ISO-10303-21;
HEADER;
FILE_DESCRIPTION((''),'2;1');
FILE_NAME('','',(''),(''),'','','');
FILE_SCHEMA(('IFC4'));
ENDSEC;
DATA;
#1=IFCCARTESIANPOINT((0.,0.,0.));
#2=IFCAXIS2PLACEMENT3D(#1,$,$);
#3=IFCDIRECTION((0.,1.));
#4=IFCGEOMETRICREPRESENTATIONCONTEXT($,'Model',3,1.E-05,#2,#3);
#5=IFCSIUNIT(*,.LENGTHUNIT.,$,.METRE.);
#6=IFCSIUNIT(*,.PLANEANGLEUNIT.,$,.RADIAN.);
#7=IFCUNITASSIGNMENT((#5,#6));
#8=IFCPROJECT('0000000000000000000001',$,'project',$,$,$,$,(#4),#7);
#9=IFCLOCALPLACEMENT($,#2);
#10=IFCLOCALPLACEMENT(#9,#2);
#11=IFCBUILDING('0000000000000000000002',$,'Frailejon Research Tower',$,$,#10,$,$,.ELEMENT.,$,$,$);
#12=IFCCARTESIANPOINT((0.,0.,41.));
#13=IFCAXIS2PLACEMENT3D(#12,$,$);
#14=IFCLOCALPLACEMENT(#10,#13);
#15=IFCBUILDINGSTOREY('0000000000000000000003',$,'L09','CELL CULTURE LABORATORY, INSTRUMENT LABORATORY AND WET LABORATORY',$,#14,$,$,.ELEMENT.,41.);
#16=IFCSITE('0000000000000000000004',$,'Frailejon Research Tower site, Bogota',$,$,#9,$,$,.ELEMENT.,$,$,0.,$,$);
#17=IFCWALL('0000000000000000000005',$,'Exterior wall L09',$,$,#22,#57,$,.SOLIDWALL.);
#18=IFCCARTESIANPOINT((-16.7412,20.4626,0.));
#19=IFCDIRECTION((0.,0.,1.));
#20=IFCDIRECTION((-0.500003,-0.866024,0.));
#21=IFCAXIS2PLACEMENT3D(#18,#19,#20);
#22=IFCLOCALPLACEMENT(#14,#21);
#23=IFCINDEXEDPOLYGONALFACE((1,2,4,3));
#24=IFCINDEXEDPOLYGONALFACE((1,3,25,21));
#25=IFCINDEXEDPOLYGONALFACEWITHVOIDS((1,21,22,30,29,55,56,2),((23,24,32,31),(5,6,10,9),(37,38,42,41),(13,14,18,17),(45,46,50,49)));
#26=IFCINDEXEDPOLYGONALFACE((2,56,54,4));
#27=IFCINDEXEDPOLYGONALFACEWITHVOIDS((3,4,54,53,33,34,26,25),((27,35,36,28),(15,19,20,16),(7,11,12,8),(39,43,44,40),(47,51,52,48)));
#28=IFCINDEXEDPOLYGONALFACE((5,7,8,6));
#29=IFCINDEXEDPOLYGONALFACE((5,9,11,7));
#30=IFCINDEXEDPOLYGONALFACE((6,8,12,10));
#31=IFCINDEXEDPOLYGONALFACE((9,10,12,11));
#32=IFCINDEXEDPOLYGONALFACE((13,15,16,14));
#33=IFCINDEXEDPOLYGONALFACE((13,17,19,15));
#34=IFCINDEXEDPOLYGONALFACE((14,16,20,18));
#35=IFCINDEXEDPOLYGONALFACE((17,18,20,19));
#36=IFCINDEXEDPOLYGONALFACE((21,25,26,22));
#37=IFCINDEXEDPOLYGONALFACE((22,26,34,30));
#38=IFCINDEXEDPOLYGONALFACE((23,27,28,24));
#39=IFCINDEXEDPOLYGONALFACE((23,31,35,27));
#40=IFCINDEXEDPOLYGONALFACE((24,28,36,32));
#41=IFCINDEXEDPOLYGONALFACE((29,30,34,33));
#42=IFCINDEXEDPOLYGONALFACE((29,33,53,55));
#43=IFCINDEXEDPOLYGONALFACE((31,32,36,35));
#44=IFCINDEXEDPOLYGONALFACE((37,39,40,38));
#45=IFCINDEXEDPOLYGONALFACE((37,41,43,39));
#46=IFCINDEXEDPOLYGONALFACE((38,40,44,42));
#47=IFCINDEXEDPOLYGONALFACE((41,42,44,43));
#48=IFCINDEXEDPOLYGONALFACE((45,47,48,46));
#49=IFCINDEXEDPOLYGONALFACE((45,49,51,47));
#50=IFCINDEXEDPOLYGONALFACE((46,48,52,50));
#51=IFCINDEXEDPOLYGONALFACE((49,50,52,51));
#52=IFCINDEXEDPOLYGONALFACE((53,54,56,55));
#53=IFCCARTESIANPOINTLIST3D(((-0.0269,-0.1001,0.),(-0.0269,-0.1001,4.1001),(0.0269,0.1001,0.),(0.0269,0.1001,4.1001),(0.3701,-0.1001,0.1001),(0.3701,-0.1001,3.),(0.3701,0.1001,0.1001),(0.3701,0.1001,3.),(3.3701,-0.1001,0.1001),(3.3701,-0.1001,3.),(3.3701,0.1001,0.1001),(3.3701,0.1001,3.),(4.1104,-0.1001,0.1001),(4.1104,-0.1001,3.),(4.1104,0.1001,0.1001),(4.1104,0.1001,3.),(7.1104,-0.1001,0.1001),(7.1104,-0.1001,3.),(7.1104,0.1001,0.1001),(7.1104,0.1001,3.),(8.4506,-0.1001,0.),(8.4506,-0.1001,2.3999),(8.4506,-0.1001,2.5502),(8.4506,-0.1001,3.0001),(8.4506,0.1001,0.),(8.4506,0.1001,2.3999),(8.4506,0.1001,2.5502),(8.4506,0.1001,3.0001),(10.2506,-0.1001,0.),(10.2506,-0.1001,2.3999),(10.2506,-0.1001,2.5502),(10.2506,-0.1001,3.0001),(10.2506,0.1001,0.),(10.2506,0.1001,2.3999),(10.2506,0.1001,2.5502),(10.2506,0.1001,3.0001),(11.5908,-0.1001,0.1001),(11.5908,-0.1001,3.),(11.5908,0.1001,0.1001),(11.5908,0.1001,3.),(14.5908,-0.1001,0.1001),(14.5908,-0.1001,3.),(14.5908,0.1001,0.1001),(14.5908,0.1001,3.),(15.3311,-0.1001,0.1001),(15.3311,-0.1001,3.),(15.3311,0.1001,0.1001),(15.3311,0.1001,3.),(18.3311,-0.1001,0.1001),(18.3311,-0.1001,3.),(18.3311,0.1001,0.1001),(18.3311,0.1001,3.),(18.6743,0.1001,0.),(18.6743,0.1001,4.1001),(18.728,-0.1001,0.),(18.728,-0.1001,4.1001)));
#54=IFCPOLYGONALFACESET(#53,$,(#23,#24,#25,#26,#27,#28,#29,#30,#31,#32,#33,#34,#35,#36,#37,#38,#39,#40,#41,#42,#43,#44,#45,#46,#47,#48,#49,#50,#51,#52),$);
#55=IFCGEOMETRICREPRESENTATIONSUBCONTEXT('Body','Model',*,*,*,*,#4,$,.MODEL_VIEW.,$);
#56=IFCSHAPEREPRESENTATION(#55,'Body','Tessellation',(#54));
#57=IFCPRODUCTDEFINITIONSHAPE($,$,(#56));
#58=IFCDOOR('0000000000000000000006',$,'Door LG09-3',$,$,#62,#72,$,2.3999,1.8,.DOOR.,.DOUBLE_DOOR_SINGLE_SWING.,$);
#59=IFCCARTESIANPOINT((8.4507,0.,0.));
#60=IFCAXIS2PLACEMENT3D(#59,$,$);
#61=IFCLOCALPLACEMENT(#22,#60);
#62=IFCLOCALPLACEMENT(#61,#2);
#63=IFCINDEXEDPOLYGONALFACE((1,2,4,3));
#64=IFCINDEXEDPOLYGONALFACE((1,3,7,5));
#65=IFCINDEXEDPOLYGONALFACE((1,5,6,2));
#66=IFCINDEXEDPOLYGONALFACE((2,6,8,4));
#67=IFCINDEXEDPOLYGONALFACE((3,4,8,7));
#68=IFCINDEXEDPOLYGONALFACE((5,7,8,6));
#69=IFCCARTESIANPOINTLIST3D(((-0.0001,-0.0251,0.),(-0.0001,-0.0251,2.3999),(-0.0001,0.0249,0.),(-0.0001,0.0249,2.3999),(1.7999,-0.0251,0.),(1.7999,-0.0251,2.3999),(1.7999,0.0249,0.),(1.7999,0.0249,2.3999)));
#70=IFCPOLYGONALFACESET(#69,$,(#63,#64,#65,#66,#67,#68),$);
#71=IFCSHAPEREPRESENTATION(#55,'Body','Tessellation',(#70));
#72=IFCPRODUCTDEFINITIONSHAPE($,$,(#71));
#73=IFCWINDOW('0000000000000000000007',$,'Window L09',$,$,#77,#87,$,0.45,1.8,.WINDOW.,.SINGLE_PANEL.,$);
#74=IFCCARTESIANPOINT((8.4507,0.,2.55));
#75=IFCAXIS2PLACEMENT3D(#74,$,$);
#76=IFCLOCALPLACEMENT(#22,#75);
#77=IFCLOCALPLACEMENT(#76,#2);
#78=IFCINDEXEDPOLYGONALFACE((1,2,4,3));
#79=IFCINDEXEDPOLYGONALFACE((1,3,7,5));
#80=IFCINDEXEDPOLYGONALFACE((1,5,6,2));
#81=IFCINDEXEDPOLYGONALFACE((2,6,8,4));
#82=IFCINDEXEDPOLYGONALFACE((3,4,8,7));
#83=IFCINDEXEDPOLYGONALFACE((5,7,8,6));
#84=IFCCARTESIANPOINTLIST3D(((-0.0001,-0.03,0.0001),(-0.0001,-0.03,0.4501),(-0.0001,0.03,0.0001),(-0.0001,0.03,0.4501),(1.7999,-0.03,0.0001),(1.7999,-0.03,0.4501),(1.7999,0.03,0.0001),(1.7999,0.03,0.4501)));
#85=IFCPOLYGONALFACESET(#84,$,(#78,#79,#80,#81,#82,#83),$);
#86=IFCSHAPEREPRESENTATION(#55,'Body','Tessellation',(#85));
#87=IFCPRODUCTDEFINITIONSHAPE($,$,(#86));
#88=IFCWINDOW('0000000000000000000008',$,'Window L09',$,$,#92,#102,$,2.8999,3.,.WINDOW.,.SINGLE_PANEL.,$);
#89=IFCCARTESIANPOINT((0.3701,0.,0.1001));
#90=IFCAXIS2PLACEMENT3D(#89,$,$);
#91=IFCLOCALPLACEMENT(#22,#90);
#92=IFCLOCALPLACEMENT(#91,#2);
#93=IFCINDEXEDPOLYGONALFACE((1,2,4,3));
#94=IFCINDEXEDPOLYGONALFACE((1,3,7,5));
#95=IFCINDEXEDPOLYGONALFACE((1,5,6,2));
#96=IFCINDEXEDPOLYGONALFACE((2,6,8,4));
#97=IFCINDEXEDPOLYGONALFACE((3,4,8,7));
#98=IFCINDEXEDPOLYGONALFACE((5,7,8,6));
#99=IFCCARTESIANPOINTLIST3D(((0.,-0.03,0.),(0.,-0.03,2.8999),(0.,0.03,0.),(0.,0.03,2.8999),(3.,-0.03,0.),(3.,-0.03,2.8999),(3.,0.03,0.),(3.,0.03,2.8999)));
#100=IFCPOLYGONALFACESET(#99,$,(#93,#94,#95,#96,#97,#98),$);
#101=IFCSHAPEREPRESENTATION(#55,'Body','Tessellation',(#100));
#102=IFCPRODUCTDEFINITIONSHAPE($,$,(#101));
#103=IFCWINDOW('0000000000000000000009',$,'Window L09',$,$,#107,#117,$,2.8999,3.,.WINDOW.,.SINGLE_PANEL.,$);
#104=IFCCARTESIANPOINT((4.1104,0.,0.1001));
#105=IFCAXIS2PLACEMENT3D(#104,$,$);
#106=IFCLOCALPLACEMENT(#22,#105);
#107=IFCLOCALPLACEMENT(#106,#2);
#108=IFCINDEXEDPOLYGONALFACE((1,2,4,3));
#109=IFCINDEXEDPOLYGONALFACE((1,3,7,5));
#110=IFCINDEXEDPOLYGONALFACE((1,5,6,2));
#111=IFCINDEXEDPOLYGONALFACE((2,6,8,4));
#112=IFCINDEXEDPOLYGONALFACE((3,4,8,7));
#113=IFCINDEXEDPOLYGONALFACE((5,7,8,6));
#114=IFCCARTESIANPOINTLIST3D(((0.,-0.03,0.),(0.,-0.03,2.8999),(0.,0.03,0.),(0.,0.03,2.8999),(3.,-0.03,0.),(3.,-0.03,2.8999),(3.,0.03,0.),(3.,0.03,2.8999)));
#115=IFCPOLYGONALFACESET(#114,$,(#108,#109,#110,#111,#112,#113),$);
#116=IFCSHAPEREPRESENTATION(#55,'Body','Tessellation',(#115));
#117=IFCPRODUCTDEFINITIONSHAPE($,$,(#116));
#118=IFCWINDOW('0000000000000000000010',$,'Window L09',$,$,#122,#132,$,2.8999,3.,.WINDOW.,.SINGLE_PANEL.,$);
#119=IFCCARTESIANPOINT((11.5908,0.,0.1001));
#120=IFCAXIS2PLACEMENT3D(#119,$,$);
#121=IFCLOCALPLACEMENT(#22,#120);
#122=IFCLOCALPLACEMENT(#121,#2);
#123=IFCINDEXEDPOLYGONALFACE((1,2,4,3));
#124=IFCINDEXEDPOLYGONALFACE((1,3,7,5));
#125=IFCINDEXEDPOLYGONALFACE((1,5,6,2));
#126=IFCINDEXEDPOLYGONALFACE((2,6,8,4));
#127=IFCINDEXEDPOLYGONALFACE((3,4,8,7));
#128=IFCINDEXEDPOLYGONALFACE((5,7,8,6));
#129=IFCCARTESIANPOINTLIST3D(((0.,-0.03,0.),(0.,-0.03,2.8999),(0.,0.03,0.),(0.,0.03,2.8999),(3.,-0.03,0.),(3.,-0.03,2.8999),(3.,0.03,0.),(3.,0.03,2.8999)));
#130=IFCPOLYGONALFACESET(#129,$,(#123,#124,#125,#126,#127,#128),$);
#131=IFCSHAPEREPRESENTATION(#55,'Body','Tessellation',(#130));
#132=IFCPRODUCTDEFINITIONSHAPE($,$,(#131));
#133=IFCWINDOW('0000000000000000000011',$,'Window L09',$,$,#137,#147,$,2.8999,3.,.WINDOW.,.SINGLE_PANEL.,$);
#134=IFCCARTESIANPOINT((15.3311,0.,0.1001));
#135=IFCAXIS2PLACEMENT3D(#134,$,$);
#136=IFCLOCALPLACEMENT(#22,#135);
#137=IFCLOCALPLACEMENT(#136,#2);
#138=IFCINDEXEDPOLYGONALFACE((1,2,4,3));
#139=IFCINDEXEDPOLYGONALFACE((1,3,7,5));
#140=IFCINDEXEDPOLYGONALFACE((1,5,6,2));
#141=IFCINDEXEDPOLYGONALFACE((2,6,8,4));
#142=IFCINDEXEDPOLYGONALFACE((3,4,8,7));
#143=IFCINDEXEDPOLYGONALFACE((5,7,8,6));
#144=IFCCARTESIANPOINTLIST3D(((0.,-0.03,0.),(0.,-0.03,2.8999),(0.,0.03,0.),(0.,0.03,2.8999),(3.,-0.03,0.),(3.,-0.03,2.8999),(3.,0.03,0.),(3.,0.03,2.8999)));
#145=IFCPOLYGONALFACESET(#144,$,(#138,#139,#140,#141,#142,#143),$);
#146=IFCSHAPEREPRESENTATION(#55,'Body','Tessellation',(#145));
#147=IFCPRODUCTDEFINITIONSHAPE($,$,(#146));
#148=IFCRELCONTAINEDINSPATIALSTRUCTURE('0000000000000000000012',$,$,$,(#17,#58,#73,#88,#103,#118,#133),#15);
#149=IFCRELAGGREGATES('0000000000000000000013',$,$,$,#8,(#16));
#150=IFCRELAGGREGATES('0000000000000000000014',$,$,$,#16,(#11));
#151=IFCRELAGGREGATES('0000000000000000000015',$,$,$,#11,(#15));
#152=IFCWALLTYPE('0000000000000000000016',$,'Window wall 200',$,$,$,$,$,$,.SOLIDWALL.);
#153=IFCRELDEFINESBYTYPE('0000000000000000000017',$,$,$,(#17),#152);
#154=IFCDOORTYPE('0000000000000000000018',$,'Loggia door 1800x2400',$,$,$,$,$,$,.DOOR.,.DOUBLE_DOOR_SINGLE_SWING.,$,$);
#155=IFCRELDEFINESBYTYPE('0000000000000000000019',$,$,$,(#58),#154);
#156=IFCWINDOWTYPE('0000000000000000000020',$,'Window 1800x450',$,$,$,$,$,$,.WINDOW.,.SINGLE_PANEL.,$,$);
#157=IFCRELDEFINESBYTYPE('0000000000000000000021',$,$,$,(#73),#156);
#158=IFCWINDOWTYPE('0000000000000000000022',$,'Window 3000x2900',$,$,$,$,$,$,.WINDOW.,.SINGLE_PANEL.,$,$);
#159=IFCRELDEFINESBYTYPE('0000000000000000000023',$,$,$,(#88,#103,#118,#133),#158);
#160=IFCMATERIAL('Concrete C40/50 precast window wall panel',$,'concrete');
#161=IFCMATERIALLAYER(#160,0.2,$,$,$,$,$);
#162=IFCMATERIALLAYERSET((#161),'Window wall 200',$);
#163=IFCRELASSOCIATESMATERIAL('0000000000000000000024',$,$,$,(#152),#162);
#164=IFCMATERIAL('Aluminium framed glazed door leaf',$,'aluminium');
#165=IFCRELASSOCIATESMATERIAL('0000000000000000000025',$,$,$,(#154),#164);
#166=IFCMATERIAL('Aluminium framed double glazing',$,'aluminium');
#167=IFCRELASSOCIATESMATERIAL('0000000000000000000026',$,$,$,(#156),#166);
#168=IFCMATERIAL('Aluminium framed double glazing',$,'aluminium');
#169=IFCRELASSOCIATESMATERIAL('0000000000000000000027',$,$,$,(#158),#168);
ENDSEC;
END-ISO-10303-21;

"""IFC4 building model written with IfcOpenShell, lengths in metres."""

from ifc_helpers import new_model, si_unit, direction, frame, frame_2d, origin, place, context, subcontext, project, spatial, polyline, rectangle, outline, extrude, material, layer, layer_set, type_object, element, fill, save


model = new_model("IFC4")

# Units and contexts
model_context = context("Model", 3, precision=1e-05, world=origin(), true_north=direction((0.0, 1.0)))
body_context = subcontext(model_context, "Body", "Model", "MODEL_VIEW")
ifc_project = project(units=[si_unit("LENGTHUNIT", "METRE"), si_unit("PLANEANGLEUNIT", "RADIAN")], contexts=[model_context])

# Site, building, storey
site_placement = place(None, origin())
site = spatial("IfcSite", under=ifc_project, at=site_placement, Name="Frailejon Research Tower site, Bogota", CompositionType="ELEMENT", RefElevation=0.0)
building_placement = place(site_placement, origin())
building = spatial("IfcBuilding", under=site, at=building_placement, Name="Frailejon Research Tower", CompositionType="ELEMENT")
storey_placement = place(building_placement, frame((0.0, 0.0, 41.0)))
storey = spatial("IfcBuildingStorey", under=building, at=storey_placement, Name="L09", Description="CELL CULTURE LABORATORY, INSTRUMENT LABORATORY AND WET LABORATORY", CompositionType="ELEMENT", Elevation=41.0)

# Wall, openings, door, windows
ifc_material_1 = material(Name="Concrete C40/50 precast window wall panel", Category="concrete")
ifc_layer_1 = layer(ifc_material_1, 0.2)
ifc_layer_set_1 = layer_set([ifc_layer_1], Name="Window wall 200")
wall_type_1 = type_object("IfcWallType", Name="Window wall 200", PredefinedType="SOLIDWALL", material=ifc_layer_set_1)
wall_1_placement = place(storey_placement, frame((-16.7412, 20.4626, 0.0), z_axis=(0.0, 0.0, 1.0), x_axis=(-0.500003, -0.866024, 0.0)))
wall_1 = element("IfcWall", 1, at=wall_1_placement, inside=storey, type_object=wall_type_1, Name="Exterior wall L09", PredefinedType="SOLIDWALL", context=body_context, shape_type="SweptSolid", body=[
    extrude(outline(polyline([(-0.0269, -0.1001), (1.0151, -0.1001), (2.0571, -0.1001), (3.0989, -0.1001), (4.1409, -0.1001), (5.1829, -0.1001), (6.2249, -0.1001), (7.2666, -0.1001), (8.3086, -0.1001), (9.3506, -0.1001), (10.3926, -0.1001), (11.4346, -0.1001), (12.4763, -0.1001), (13.5183, -0.1001), (14.5603, -0.1001), (15.6023, -0.1001), (16.644, -0.1001), (17.686, -0.1001), (18.728, -0.1001), (18.6743, 0.1001), (17.6384, 0.1001), (16.6023, 0.1001), (15.5664, 0.1001), (14.5305, 0.1001), (13.4944, 0.1001), (12.4585, 0.1001), (11.4226, 0.1001), (10.3865, 0.1001), (9.3506, 0.1001), (8.3147, 0.1001), (7.2786, 0.1001), (6.2427, 0.1001), (5.2068, 0.1001), (4.1707, 0.1001), (3.1348, 0.1001), (2.0989, 0.1001), (1.0627, 0.1001), (0.0269, 0.1001), (-0.0269, -0.1001)])), origin(), (0.0, 0.0, 1.0), 4.1001),
])
opening_1_placement = place(wall_1_placement, frame((0.3701, 0.0, 0.1001)))
opening_1 = element("IfcOpeningElement", 2, at=opening_1_placement, cuts=wall_1, PredefinedType="OPENING", context=body_context, shape_type="SweptSolid", body=[
    extrude(rectangle(XDim=3.0, YDim=2.8999, at=frame_2d((1.5, 1.45))), frame((0.0, 0.1099, 0.0), z_axis=(0.0, -1.0, 0.0), x_axis=(1.0, 0.0, 0.0)), (0.0, 0.0, 1.0), 0.22),
])
opening_2_placement = place(wall_1_placement, frame((4.1104, 0.0, 0.1001)))
opening_2 = element("IfcOpeningElement", 3, at=opening_2_placement, cuts=wall_1, PredefinedType="OPENING", context=body_context, shape_type="SweptSolid", body=[
    extrude(rectangle(XDim=3.0, YDim=2.8999, at=frame_2d((1.5, 1.45))), frame((0.0, 0.1099, 0.0), z_axis=(0.0, -1.0, 0.0), x_axis=(1.0, 0.0, 0.0)), (0.0, 0.0, 1.0), 0.22),
])
opening_3_placement = place(wall_1_placement, frame((8.4507, 0.0, 0.0)))
opening_3 = element("IfcOpeningElement", 4, at=opening_3_placement, cuts=wall_1, PredefinedType="OPENING", context=body_context, shape_type="SweptSolid", body=[
    extrude(rectangle(XDim=1.8, YDim=2.3999, at=frame_2d((0.8999, 1.2))), frame((0.0, 0.1099, 0.0), z_axis=(0.0, -1.0, 0.0), x_axis=(1.0, 0.0, 0.0)), (0.0, 0.0, 1.0), 0.22),
])
opening_4_placement = place(wall_1_placement, frame((8.4507, 0.0, 2.55)))
opening_4 = element("IfcOpeningElement", 5, at=opening_4_placement, cuts=wall_1, PredefinedType="OPENING", context=body_context, shape_type="SweptSolid", body=[
    extrude(rectangle(XDim=1.8, YDim=0.45, at=frame_2d((0.8999, 0.2251))), frame((0.0, 0.1099, 0.0), z_axis=(0.0, -1.0, 0.0), x_axis=(1.0, 0.0, 0.0)), (0.0, 0.0, 1.0), 0.22),
])
opening_5_placement = place(wall_1_placement, frame((11.5908, 0.0, 0.1001)))
opening_5 = element("IfcOpeningElement", 6, at=opening_5_placement, cuts=wall_1, PredefinedType="OPENING", context=body_context, shape_type="SweptSolid", body=[
    extrude(rectangle(XDim=3.0, YDim=2.8999, at=frame_2d((1.5, 1.45))), frame((0.0, 0.1099, 0.0), z_axis=(0.0, -1.0, 0.0), x_axis=(1.0, 0.0, 0.0)), (0.0, 0.0, 1.0), 0.22),
])
opening_6_placement = place(wall_1_placement, frame((15.3311, 0.0, 0.1001)))
opening_6 = element("IfcOpeningElement", 7, at=opening_6_placement, cuts=wall_1, PredefinedType="OPENING", context=body_context, shape_type="SweptSolid", body=[
    extrude(rectangle(XDim=3.0, YDim=2.8999, at=frame_2d((1.5, 1.45))), frame((0.0, 0.1099, 0.0), z_axis=(0.0, -1.0, 0.0), x_axis=(1.0, 0.0, 0.0)), (0.0, 0.0, 1.0), 0.22),
])
ifc_material_2 = material(Name="Aluminium framed glazed door leaf", Category="aluminium")
door_type_1 = type_object("IfcDoorType", Name="Loggia door 1800x2400", OperationType="DOUBLE_DOOR_SINGLE_SWING", PredefinedType="DOOR", material=ifc_material_2)
door_1_placement = place(opening_3_placement, origin())
door_1 = element("IfcDoor", 8, at=door_1_placement, inside=storey, type_object=door_type_1, Name="Door LG09-3", OperationType="DOUBLE_DOOR_SINGLE_SWING", OverallHeight=2.3999, OverallWidth=1.8, PredefinedType="DOOR", context=body_context, shape_type="SweptSolid", body=[
    extrude(rectangle(XDim=1.8, YDim=2.3999, at=frame_2d((0.8999, 1.2))), frame((0.0, 0.0249, 0.0), z_axis=(0.0, -1.0, 0.0), x_axis=(1.0, 0.0, 0.0)), (0.0, 0.0, 1.0), 0.05),
])
fill(opening_3, door_1)
ifc_material_3 = material(Name="Aluminium framed double glazing", Category="aluminium")
window_type_1 = type_object("IfcWindowType", Name="Window 1800x450", PartitioningType="SINGLE_PANEL", PredefinedType="WINDOW", material=ifc_material_3)
window_1_placement = place(opening_4_placement, origin())
window_1 = element("IfcWindow", 9, at=window_1_placement, inside=storey, type_object=window_type_1, Name="Window L09", OverallHeight=0.45, OverallWidth=1.8, PartitioningType="SINGLE_PANEL", PredefinedType="WINDOW", context=body_context, shape_type="SweptSolid", body=[
    extrude(rectangle(XDim=1.8, YDim=0.45, at=frame_2d((0.8999, 0.2251))), frame((0.0, 0.03, 0.0), z_axis=(0.0, -1.0, 0.0), x_axis=(1.0, 0.0, 0.0)), (0.0, 0.0, 1.0), 0.0601),
])
fill(opening_4, window_1)
ifc_material_4 = material(Name="Aluminium framed double glazing", Category="aluminium")
window_type_2 = type_object("IfcWindowType", Name="Window 3000x2900", PartitioningType="SINGLE_PANEL", PredefinedType="WINDOW", material=ifc_material_4)
window_2_placement = place(opening_1_placement, origin())
window_2 = element("IfcWindow", 10, at=window_2_placement, inside=storey, type_object=window_type_2, Name="Window L09", OverallHeight=2.8999, OverallWidth=3.0, PartitioningType="SINGLE_PANEL", PredefinedType="WINDOW", context=body_context, shape_type="SweptSolid", body=[
    extrude(rectangle(XDim=3.0, YDim=2.8999, at=frame_2d((1.5, 1.45))), frame((0.0, 0.03, 0.0), z_axis=(0.0, -1.0, 0.0), x_axis=(1.0, 0.0, 0.0)), (0.0, 0.0, 1.0), 0.0601),
])
fill(opening_1, window_2)
window_3_placement = place(opening_2_placement, origin())
window_3 = element("IfcWindow", 11, at=window_3_placement, inside=storey, type_object=window_type_2, Name="Window L09", OverallHeight=2.8999, OverallWidth=3.0, PartitioningType="SINGLE_PANEL", PredefinedType="WINDOW", context=body_context, shape_type="SweptSolid", body=[
    extrude(rectangle(XDim=3.0, YDim=2.8999, at=frame_2d((1.5, 1.45))), frame((0.0, 0.03, 0.0), z_axis=(0.0, -1.0, 0.0), x_axis=(1.0, 0.0, 0.0)), (0.0, 0.0, 1.0), 0.0601),
])
fill(opening_2, window_3)
window_4_placement = place(opening_5_placement, origin())
window_4 = element("IfcWindow", 12, at=window_4_placement, inside=storey, type_object=window_type_2, Name="Window L09", OverallHeight=2.8999, OverallWidth=3.0, PartitioningType="SINGLE_PANEL", PredefinedType="WINDOW", context=body_context, shape_type="SweptSolid", body=[
    extrude(rectangle(XDim=3.0, YDim=2.8999, at=frame_2d((1.5, 1.45))), frame((0.0, 0.03, 0.0), z_axis=(0.0, -1.0, 0.0), x_axis=(1.0, 0.0, 0.0)), (0.0, 0.0, 1.0), 0.0601),
])
fill(opening_5, window_4)
window_5_placement = place(opening_6_placement, origin())
window_5 = element("IfcWindow", 13, at=window_5_placement, inside=storey, type_object=window_type_2, Name="Window L09", OverallHeight=2.8999, OverallWidth=3.0, PartitioningType="SINGLE_PANEL", PredefinedType="WINDOW", context=body_context, shape_type="SweptSolid", body=[
    extrude(rectangle(XDim=3.0, YDim=2.8999, at=frame_2d((1.5, 1.45))), frame((0.0, 0.03, 0.0), z_axis=(0.0, -1.0, 0.0), x_axis=(1.0, 0.0, 0.0)), (0.0, 0.0, 1.0), 0.0601),
])
fill(opening_6, window_5)

save(model, "model.ifc")
